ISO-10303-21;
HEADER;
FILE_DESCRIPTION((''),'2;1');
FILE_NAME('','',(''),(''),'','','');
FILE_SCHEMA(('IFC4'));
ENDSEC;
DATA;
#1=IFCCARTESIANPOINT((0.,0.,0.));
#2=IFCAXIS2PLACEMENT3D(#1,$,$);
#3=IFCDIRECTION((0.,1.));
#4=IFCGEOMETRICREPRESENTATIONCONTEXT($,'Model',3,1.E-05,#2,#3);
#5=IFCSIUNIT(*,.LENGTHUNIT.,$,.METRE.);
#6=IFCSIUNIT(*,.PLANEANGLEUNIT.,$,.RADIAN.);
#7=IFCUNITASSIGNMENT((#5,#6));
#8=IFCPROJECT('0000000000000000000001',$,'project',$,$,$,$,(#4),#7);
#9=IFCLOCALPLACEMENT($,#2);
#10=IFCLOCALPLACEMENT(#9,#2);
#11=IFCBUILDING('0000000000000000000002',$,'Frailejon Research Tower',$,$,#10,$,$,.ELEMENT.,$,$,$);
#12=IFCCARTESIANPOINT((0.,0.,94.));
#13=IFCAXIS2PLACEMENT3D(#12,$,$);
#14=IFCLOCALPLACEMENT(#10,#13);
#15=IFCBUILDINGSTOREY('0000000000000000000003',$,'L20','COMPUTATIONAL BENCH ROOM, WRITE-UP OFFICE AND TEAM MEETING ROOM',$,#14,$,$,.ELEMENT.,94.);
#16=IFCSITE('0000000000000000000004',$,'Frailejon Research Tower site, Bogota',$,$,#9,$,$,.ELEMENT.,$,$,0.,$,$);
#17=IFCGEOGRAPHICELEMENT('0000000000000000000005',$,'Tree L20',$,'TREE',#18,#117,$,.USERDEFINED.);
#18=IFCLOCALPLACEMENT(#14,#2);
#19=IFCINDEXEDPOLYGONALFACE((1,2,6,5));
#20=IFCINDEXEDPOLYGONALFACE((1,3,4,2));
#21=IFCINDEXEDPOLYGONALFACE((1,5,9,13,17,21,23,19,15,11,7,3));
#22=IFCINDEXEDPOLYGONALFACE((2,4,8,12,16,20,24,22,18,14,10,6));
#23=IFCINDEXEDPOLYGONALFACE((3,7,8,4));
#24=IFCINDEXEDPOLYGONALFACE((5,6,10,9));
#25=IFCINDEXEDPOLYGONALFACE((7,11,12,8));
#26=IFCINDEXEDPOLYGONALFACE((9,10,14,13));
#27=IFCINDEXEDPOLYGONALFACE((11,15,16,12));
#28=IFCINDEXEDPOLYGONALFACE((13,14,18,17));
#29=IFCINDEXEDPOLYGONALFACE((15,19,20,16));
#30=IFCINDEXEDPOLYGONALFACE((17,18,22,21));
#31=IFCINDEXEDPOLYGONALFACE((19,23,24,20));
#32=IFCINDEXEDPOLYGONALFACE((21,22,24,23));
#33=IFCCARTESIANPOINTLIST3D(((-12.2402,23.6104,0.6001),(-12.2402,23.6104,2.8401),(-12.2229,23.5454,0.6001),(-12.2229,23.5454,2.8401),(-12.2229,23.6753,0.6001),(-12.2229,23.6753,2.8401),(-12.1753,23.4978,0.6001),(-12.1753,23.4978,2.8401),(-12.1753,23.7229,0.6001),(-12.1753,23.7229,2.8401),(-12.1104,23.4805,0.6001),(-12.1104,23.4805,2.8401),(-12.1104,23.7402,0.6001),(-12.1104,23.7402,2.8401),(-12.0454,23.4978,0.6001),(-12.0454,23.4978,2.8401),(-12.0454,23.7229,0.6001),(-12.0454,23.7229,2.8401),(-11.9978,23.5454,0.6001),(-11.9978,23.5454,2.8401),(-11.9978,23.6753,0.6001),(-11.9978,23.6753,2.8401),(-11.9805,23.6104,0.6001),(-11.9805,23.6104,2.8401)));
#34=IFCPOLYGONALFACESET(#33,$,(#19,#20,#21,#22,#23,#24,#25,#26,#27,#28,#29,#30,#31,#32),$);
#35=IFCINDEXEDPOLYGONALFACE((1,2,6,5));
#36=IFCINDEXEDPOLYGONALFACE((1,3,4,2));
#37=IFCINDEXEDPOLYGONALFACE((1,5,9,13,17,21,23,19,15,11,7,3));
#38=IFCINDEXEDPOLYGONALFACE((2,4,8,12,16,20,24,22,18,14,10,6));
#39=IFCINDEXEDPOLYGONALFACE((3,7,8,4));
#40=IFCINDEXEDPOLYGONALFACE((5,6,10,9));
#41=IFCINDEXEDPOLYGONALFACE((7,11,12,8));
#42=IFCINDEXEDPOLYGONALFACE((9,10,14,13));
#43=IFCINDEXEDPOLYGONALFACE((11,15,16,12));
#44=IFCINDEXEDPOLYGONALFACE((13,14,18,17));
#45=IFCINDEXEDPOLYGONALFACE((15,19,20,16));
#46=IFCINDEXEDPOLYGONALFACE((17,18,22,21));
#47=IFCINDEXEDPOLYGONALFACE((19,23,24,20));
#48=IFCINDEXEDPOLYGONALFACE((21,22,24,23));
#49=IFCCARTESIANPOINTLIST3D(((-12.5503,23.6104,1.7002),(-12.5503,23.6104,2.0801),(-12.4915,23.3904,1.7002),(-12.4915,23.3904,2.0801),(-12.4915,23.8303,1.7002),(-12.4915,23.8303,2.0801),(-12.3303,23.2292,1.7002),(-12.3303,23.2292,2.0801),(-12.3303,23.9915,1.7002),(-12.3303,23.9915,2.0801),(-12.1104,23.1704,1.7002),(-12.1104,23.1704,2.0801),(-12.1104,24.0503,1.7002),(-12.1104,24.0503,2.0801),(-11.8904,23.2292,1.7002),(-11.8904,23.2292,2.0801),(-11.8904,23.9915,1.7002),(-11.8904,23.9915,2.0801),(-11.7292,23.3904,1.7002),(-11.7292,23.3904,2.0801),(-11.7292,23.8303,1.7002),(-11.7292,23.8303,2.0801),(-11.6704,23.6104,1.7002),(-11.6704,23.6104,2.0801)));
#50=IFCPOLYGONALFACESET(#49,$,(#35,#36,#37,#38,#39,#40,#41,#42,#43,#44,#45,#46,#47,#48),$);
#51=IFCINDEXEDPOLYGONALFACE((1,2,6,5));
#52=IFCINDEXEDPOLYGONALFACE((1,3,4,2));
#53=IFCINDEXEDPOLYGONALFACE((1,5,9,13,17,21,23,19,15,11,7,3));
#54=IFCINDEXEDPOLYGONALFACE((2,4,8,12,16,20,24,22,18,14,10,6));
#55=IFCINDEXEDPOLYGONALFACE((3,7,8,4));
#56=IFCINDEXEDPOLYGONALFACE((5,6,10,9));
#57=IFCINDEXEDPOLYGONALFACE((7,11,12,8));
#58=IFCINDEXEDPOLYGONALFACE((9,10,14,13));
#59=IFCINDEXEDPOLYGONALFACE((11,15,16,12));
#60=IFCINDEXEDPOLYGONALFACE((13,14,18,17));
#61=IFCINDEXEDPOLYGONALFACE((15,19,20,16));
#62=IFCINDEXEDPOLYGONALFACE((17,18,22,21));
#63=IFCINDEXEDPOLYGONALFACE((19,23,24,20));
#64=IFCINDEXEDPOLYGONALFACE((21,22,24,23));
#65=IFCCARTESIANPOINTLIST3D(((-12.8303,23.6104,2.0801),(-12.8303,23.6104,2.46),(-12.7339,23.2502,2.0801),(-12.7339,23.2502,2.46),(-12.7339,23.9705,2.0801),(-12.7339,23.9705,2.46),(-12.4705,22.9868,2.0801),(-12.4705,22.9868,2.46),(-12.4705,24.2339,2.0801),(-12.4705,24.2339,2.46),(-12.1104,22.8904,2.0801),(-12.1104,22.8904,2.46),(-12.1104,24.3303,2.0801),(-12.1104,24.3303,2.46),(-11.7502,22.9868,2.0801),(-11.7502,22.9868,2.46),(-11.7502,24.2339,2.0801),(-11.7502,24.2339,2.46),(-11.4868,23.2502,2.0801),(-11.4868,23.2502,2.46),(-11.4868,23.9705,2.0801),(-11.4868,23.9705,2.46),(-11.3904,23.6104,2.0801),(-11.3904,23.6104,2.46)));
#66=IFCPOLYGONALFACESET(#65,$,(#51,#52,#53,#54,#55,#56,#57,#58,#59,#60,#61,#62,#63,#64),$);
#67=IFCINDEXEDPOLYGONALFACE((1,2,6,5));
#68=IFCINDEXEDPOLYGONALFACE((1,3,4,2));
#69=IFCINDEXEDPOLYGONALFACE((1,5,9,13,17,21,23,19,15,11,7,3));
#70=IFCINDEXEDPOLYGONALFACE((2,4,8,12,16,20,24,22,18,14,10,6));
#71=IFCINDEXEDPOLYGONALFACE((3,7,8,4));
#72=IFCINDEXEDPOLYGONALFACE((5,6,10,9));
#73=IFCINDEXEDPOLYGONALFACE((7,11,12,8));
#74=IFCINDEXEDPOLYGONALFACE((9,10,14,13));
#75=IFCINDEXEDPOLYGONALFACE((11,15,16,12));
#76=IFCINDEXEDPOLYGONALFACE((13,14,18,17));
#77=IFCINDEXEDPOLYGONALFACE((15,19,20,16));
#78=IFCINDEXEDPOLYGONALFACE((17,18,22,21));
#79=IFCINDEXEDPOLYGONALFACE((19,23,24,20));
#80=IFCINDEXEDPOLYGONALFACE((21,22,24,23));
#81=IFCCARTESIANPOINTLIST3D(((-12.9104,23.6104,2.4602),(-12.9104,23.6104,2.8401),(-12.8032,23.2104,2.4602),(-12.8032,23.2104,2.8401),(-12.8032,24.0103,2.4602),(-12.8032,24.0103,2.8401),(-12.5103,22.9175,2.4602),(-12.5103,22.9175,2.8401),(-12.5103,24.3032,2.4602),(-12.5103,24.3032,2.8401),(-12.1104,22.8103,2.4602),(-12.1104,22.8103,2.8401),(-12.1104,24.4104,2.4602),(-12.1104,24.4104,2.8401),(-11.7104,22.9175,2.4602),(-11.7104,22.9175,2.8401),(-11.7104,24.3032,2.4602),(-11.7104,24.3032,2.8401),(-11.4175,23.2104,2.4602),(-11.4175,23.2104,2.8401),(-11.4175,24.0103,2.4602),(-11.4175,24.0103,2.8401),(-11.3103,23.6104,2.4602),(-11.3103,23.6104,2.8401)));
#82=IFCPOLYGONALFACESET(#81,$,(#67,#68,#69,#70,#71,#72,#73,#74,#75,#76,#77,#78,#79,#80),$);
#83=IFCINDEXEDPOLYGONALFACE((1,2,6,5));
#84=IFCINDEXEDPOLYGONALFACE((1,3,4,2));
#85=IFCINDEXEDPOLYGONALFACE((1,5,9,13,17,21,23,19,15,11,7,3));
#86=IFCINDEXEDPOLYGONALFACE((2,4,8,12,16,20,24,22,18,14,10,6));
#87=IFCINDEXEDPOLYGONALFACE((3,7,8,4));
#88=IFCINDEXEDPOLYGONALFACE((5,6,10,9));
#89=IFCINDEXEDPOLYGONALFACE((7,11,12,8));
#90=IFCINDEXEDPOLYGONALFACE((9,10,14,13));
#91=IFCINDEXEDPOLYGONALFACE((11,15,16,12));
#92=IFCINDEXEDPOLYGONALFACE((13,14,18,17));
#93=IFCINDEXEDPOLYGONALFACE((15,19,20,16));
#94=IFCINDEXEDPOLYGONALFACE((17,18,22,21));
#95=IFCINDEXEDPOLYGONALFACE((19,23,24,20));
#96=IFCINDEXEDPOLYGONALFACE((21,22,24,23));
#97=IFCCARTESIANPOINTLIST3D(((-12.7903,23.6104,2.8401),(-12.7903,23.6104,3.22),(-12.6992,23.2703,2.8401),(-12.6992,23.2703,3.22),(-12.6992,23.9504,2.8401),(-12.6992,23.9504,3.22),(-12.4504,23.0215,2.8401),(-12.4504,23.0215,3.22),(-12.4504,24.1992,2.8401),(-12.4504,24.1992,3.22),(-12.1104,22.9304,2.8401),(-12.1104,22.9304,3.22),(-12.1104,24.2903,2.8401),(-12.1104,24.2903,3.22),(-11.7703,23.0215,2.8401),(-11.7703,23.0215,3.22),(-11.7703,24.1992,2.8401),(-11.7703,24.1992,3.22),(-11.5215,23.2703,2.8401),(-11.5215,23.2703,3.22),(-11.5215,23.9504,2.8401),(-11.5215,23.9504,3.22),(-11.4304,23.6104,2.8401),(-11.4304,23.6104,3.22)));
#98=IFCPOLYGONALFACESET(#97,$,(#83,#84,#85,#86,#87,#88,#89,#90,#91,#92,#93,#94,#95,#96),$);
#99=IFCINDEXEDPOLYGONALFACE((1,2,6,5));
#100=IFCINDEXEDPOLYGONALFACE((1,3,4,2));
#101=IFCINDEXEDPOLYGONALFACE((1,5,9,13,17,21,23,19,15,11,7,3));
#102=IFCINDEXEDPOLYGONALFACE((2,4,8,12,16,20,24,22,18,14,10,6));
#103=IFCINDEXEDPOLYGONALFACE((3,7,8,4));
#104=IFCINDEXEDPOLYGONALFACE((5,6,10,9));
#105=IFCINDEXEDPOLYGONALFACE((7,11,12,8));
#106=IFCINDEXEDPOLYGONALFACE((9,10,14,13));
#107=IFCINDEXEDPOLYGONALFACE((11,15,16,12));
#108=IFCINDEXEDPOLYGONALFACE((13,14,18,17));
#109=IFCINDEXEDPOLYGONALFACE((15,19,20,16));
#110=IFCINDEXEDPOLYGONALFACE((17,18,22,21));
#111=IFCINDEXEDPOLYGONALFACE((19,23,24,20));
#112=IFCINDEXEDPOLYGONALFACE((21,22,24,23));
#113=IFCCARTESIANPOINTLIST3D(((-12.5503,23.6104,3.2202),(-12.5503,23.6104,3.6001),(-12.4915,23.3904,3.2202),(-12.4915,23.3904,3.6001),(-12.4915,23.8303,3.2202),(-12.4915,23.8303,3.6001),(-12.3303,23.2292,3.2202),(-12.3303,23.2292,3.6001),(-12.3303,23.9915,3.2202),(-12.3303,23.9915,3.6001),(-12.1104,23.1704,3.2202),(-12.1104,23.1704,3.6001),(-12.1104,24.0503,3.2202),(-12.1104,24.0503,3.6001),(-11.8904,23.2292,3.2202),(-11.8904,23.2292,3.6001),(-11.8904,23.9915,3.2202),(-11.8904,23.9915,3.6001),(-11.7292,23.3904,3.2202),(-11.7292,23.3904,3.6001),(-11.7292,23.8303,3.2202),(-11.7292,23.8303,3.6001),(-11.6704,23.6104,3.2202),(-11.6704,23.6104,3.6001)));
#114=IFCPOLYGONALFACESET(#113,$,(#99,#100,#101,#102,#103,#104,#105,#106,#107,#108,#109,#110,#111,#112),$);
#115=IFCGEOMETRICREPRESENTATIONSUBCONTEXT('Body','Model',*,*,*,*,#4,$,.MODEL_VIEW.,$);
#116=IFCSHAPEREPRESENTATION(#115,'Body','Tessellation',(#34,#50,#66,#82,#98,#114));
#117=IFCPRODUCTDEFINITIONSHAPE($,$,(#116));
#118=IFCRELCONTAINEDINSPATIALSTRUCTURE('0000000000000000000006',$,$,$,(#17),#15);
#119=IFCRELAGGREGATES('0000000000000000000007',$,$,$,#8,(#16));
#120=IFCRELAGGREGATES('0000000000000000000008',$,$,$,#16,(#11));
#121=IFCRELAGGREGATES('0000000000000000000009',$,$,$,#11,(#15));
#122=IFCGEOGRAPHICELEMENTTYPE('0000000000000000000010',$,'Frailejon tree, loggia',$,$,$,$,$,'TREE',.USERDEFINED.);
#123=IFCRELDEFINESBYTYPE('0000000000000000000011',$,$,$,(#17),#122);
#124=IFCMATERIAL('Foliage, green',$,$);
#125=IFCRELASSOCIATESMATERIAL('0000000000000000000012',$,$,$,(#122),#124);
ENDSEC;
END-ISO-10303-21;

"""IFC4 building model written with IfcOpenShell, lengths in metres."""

from ifc_helpers import new_model, si_unit, direction, frame, origin, place, context, subcontext, project, spatial, polyline, outline, extrude, material, type_object, element, save


model = new_model("IFC4")

# Units and contexts
model_context = context("Model", 3, precision=1e-05, world=origin(), true_north=direction((0.0, 1.0)))
body_context = subcontext(model_context, "Body", "Model", "MODEL_VIEW")
ifc_project = project(units=[si_unit("LENGTHUNIT", "METRE"), si_unit("PLANEANGLEUNIT", "RADIAN")], contexts=[model_context])

# Site, building, storey
site_placement = place(None, origin())
site = spatial("IfcSite", under=ifc_project, at=site_placement, Name="Frailejon Research Tower site, Bogota", CompositionType="ELEMENT", RefElevation=0.0)
building_placement = place(site_placement, origin())
building = spatial("IfcBuilding", under=site, at=building_placement, Name="Frailejon Research Tower", CompositionType="ELEMENT")
storey_placement = place(building_placement, frame((0.0, 0.0, 94.0)))
storey = spatial("IfcBuildingStorey", under=building, at=storey_placement, Name="L20", Description="COMPUTATIONAL BENCH ROOM, WRITE-UP OFFICE AND TEAM MEETING ROOM", CompositionType="ELEMENT", Elevation=94.0)

# Geographic element
ifc_material_1 = material(Name="Foliage, green")
geographic_element_type = type_object("IfcGeographicElementType", Name="Frailejon tree, loggia", ElementType="TREE", PredefinedType="USERDEFINED", material=ifc_material_1)
geographic_element_placement = place(storey_placement, frame((-12.1104, 23.6104, 0.6001)))
element("IfcGeographicElement", 1, at=geographic_element_placement, inside=storey, type_object=geographic_element_type, Name="Tree L20", ObjectType="TREE", PredefinedType="USERDEFINED", context=body_context, shape_type="SweptSolid", body=[
    extrude(outline(polyline([(0.1299, 0.0), (0.1125, 0.0649), (0.0649, 0.1125), (0.0, 0.1299), (-0.0649, 0.1125), (-0.1125, 0.0649), (-0.1299, 0.0), (-0.1125, -0.0649), (-0.0649, -0.1125), (0.0, -0.1299), (0.0649, -0.1125), (0.1125, -0.0649), (0.1299, 0.0)])), origin(), (0.0, 0.0, 1.0), 2.24),
    extrude(outline(polyline([(0.4399, 0.0), (0.3811, 0.22), (0.22, 0.3811), (0.0, 0.4399), (-0.22, 0.3811), (-0.3811, 0.22), (-0.4399, 0.0), (-0.3811, -0.22), (-0.22, -0.3811), (0.0, -0.4399), (0.22, -0.3811), (0.3811, -0.22), (0.4399, 0.0)])), frame((0.0, 0.0, 1.1001)), (0.0, 0.0, 1.0), 0.3799),
    extrude(outline(polyline([(0.72, 0.0), (0.6235, 0.3601), (0.3601, 0.6235), (0.0, 0.72), (-0.3601, 0.6235), (-0.6235, 0.3601), (-0.72, 0.0), (-0.6235, -0.3601), (-0.3601, -0.6235), (0.0, -0.72), (0.3601, -0.6235), (0.6235, -0.3601), (0.72, 0.0)])), frame((0.0, 0.0, 1.48)), (0.0, 0.0, 1.0), 0.3799),
    extrude(outline(polyline([(0.8, 0.0), (0.6929, 0.3999), (0.3999, 0.6929), (0.0, 0.8), (-0.3999, 0.6929), (-0.6929, 0.3999), (-0.8, 0.0), (-0.6929, -0.3999), (-0.3999, -0.6929), (0.0, -0.8), (0.3999, -0.6929), (0.6929, -0.3999), (0.8, 0.0)])), frame((0.0, 0.0, 1.8601)), (0.0, 0.0, 1.0), 0.3799),
    extrude(outline(polyline([(0.6799, 0.0), (0.5889, 0.3401), (0.3401, 0.5889), (0.0, 0.6799), (-0.3401, 0.5889), (-0.5889, 0.3401), (-0.6799, 0.0), (-0.5889, -0.3401), (-0.3401, -0.5889), (0.0, -0.6799), (0.3401, -0.5889), (0.5889, -0.3401), (0.6799, 0.0)])), frame((0.0, 0.0, 2.24)), (0.0, 0.0, 1.0), 0.3799),
    extrude(outline(polyline([(0.4399, 0.0), (0.3811, 0.22), (0.22, 0.3811), (0.0, 0.4399), (-0.22, 0.3811), (-0.3811, 0.22), (-0.4399, 0.0), (-0.3811, -0.22), (-0.22, -0.3811), (0.0, -0.4399), (0.22, -0.3811), (0.3811, -0.22), (0.4399, 0.0)])), frame((0.0, 0.0, 2.6201)), (0.0, 0.0, 1.0), 0.3799),
])

save(model, "model.ifc")
